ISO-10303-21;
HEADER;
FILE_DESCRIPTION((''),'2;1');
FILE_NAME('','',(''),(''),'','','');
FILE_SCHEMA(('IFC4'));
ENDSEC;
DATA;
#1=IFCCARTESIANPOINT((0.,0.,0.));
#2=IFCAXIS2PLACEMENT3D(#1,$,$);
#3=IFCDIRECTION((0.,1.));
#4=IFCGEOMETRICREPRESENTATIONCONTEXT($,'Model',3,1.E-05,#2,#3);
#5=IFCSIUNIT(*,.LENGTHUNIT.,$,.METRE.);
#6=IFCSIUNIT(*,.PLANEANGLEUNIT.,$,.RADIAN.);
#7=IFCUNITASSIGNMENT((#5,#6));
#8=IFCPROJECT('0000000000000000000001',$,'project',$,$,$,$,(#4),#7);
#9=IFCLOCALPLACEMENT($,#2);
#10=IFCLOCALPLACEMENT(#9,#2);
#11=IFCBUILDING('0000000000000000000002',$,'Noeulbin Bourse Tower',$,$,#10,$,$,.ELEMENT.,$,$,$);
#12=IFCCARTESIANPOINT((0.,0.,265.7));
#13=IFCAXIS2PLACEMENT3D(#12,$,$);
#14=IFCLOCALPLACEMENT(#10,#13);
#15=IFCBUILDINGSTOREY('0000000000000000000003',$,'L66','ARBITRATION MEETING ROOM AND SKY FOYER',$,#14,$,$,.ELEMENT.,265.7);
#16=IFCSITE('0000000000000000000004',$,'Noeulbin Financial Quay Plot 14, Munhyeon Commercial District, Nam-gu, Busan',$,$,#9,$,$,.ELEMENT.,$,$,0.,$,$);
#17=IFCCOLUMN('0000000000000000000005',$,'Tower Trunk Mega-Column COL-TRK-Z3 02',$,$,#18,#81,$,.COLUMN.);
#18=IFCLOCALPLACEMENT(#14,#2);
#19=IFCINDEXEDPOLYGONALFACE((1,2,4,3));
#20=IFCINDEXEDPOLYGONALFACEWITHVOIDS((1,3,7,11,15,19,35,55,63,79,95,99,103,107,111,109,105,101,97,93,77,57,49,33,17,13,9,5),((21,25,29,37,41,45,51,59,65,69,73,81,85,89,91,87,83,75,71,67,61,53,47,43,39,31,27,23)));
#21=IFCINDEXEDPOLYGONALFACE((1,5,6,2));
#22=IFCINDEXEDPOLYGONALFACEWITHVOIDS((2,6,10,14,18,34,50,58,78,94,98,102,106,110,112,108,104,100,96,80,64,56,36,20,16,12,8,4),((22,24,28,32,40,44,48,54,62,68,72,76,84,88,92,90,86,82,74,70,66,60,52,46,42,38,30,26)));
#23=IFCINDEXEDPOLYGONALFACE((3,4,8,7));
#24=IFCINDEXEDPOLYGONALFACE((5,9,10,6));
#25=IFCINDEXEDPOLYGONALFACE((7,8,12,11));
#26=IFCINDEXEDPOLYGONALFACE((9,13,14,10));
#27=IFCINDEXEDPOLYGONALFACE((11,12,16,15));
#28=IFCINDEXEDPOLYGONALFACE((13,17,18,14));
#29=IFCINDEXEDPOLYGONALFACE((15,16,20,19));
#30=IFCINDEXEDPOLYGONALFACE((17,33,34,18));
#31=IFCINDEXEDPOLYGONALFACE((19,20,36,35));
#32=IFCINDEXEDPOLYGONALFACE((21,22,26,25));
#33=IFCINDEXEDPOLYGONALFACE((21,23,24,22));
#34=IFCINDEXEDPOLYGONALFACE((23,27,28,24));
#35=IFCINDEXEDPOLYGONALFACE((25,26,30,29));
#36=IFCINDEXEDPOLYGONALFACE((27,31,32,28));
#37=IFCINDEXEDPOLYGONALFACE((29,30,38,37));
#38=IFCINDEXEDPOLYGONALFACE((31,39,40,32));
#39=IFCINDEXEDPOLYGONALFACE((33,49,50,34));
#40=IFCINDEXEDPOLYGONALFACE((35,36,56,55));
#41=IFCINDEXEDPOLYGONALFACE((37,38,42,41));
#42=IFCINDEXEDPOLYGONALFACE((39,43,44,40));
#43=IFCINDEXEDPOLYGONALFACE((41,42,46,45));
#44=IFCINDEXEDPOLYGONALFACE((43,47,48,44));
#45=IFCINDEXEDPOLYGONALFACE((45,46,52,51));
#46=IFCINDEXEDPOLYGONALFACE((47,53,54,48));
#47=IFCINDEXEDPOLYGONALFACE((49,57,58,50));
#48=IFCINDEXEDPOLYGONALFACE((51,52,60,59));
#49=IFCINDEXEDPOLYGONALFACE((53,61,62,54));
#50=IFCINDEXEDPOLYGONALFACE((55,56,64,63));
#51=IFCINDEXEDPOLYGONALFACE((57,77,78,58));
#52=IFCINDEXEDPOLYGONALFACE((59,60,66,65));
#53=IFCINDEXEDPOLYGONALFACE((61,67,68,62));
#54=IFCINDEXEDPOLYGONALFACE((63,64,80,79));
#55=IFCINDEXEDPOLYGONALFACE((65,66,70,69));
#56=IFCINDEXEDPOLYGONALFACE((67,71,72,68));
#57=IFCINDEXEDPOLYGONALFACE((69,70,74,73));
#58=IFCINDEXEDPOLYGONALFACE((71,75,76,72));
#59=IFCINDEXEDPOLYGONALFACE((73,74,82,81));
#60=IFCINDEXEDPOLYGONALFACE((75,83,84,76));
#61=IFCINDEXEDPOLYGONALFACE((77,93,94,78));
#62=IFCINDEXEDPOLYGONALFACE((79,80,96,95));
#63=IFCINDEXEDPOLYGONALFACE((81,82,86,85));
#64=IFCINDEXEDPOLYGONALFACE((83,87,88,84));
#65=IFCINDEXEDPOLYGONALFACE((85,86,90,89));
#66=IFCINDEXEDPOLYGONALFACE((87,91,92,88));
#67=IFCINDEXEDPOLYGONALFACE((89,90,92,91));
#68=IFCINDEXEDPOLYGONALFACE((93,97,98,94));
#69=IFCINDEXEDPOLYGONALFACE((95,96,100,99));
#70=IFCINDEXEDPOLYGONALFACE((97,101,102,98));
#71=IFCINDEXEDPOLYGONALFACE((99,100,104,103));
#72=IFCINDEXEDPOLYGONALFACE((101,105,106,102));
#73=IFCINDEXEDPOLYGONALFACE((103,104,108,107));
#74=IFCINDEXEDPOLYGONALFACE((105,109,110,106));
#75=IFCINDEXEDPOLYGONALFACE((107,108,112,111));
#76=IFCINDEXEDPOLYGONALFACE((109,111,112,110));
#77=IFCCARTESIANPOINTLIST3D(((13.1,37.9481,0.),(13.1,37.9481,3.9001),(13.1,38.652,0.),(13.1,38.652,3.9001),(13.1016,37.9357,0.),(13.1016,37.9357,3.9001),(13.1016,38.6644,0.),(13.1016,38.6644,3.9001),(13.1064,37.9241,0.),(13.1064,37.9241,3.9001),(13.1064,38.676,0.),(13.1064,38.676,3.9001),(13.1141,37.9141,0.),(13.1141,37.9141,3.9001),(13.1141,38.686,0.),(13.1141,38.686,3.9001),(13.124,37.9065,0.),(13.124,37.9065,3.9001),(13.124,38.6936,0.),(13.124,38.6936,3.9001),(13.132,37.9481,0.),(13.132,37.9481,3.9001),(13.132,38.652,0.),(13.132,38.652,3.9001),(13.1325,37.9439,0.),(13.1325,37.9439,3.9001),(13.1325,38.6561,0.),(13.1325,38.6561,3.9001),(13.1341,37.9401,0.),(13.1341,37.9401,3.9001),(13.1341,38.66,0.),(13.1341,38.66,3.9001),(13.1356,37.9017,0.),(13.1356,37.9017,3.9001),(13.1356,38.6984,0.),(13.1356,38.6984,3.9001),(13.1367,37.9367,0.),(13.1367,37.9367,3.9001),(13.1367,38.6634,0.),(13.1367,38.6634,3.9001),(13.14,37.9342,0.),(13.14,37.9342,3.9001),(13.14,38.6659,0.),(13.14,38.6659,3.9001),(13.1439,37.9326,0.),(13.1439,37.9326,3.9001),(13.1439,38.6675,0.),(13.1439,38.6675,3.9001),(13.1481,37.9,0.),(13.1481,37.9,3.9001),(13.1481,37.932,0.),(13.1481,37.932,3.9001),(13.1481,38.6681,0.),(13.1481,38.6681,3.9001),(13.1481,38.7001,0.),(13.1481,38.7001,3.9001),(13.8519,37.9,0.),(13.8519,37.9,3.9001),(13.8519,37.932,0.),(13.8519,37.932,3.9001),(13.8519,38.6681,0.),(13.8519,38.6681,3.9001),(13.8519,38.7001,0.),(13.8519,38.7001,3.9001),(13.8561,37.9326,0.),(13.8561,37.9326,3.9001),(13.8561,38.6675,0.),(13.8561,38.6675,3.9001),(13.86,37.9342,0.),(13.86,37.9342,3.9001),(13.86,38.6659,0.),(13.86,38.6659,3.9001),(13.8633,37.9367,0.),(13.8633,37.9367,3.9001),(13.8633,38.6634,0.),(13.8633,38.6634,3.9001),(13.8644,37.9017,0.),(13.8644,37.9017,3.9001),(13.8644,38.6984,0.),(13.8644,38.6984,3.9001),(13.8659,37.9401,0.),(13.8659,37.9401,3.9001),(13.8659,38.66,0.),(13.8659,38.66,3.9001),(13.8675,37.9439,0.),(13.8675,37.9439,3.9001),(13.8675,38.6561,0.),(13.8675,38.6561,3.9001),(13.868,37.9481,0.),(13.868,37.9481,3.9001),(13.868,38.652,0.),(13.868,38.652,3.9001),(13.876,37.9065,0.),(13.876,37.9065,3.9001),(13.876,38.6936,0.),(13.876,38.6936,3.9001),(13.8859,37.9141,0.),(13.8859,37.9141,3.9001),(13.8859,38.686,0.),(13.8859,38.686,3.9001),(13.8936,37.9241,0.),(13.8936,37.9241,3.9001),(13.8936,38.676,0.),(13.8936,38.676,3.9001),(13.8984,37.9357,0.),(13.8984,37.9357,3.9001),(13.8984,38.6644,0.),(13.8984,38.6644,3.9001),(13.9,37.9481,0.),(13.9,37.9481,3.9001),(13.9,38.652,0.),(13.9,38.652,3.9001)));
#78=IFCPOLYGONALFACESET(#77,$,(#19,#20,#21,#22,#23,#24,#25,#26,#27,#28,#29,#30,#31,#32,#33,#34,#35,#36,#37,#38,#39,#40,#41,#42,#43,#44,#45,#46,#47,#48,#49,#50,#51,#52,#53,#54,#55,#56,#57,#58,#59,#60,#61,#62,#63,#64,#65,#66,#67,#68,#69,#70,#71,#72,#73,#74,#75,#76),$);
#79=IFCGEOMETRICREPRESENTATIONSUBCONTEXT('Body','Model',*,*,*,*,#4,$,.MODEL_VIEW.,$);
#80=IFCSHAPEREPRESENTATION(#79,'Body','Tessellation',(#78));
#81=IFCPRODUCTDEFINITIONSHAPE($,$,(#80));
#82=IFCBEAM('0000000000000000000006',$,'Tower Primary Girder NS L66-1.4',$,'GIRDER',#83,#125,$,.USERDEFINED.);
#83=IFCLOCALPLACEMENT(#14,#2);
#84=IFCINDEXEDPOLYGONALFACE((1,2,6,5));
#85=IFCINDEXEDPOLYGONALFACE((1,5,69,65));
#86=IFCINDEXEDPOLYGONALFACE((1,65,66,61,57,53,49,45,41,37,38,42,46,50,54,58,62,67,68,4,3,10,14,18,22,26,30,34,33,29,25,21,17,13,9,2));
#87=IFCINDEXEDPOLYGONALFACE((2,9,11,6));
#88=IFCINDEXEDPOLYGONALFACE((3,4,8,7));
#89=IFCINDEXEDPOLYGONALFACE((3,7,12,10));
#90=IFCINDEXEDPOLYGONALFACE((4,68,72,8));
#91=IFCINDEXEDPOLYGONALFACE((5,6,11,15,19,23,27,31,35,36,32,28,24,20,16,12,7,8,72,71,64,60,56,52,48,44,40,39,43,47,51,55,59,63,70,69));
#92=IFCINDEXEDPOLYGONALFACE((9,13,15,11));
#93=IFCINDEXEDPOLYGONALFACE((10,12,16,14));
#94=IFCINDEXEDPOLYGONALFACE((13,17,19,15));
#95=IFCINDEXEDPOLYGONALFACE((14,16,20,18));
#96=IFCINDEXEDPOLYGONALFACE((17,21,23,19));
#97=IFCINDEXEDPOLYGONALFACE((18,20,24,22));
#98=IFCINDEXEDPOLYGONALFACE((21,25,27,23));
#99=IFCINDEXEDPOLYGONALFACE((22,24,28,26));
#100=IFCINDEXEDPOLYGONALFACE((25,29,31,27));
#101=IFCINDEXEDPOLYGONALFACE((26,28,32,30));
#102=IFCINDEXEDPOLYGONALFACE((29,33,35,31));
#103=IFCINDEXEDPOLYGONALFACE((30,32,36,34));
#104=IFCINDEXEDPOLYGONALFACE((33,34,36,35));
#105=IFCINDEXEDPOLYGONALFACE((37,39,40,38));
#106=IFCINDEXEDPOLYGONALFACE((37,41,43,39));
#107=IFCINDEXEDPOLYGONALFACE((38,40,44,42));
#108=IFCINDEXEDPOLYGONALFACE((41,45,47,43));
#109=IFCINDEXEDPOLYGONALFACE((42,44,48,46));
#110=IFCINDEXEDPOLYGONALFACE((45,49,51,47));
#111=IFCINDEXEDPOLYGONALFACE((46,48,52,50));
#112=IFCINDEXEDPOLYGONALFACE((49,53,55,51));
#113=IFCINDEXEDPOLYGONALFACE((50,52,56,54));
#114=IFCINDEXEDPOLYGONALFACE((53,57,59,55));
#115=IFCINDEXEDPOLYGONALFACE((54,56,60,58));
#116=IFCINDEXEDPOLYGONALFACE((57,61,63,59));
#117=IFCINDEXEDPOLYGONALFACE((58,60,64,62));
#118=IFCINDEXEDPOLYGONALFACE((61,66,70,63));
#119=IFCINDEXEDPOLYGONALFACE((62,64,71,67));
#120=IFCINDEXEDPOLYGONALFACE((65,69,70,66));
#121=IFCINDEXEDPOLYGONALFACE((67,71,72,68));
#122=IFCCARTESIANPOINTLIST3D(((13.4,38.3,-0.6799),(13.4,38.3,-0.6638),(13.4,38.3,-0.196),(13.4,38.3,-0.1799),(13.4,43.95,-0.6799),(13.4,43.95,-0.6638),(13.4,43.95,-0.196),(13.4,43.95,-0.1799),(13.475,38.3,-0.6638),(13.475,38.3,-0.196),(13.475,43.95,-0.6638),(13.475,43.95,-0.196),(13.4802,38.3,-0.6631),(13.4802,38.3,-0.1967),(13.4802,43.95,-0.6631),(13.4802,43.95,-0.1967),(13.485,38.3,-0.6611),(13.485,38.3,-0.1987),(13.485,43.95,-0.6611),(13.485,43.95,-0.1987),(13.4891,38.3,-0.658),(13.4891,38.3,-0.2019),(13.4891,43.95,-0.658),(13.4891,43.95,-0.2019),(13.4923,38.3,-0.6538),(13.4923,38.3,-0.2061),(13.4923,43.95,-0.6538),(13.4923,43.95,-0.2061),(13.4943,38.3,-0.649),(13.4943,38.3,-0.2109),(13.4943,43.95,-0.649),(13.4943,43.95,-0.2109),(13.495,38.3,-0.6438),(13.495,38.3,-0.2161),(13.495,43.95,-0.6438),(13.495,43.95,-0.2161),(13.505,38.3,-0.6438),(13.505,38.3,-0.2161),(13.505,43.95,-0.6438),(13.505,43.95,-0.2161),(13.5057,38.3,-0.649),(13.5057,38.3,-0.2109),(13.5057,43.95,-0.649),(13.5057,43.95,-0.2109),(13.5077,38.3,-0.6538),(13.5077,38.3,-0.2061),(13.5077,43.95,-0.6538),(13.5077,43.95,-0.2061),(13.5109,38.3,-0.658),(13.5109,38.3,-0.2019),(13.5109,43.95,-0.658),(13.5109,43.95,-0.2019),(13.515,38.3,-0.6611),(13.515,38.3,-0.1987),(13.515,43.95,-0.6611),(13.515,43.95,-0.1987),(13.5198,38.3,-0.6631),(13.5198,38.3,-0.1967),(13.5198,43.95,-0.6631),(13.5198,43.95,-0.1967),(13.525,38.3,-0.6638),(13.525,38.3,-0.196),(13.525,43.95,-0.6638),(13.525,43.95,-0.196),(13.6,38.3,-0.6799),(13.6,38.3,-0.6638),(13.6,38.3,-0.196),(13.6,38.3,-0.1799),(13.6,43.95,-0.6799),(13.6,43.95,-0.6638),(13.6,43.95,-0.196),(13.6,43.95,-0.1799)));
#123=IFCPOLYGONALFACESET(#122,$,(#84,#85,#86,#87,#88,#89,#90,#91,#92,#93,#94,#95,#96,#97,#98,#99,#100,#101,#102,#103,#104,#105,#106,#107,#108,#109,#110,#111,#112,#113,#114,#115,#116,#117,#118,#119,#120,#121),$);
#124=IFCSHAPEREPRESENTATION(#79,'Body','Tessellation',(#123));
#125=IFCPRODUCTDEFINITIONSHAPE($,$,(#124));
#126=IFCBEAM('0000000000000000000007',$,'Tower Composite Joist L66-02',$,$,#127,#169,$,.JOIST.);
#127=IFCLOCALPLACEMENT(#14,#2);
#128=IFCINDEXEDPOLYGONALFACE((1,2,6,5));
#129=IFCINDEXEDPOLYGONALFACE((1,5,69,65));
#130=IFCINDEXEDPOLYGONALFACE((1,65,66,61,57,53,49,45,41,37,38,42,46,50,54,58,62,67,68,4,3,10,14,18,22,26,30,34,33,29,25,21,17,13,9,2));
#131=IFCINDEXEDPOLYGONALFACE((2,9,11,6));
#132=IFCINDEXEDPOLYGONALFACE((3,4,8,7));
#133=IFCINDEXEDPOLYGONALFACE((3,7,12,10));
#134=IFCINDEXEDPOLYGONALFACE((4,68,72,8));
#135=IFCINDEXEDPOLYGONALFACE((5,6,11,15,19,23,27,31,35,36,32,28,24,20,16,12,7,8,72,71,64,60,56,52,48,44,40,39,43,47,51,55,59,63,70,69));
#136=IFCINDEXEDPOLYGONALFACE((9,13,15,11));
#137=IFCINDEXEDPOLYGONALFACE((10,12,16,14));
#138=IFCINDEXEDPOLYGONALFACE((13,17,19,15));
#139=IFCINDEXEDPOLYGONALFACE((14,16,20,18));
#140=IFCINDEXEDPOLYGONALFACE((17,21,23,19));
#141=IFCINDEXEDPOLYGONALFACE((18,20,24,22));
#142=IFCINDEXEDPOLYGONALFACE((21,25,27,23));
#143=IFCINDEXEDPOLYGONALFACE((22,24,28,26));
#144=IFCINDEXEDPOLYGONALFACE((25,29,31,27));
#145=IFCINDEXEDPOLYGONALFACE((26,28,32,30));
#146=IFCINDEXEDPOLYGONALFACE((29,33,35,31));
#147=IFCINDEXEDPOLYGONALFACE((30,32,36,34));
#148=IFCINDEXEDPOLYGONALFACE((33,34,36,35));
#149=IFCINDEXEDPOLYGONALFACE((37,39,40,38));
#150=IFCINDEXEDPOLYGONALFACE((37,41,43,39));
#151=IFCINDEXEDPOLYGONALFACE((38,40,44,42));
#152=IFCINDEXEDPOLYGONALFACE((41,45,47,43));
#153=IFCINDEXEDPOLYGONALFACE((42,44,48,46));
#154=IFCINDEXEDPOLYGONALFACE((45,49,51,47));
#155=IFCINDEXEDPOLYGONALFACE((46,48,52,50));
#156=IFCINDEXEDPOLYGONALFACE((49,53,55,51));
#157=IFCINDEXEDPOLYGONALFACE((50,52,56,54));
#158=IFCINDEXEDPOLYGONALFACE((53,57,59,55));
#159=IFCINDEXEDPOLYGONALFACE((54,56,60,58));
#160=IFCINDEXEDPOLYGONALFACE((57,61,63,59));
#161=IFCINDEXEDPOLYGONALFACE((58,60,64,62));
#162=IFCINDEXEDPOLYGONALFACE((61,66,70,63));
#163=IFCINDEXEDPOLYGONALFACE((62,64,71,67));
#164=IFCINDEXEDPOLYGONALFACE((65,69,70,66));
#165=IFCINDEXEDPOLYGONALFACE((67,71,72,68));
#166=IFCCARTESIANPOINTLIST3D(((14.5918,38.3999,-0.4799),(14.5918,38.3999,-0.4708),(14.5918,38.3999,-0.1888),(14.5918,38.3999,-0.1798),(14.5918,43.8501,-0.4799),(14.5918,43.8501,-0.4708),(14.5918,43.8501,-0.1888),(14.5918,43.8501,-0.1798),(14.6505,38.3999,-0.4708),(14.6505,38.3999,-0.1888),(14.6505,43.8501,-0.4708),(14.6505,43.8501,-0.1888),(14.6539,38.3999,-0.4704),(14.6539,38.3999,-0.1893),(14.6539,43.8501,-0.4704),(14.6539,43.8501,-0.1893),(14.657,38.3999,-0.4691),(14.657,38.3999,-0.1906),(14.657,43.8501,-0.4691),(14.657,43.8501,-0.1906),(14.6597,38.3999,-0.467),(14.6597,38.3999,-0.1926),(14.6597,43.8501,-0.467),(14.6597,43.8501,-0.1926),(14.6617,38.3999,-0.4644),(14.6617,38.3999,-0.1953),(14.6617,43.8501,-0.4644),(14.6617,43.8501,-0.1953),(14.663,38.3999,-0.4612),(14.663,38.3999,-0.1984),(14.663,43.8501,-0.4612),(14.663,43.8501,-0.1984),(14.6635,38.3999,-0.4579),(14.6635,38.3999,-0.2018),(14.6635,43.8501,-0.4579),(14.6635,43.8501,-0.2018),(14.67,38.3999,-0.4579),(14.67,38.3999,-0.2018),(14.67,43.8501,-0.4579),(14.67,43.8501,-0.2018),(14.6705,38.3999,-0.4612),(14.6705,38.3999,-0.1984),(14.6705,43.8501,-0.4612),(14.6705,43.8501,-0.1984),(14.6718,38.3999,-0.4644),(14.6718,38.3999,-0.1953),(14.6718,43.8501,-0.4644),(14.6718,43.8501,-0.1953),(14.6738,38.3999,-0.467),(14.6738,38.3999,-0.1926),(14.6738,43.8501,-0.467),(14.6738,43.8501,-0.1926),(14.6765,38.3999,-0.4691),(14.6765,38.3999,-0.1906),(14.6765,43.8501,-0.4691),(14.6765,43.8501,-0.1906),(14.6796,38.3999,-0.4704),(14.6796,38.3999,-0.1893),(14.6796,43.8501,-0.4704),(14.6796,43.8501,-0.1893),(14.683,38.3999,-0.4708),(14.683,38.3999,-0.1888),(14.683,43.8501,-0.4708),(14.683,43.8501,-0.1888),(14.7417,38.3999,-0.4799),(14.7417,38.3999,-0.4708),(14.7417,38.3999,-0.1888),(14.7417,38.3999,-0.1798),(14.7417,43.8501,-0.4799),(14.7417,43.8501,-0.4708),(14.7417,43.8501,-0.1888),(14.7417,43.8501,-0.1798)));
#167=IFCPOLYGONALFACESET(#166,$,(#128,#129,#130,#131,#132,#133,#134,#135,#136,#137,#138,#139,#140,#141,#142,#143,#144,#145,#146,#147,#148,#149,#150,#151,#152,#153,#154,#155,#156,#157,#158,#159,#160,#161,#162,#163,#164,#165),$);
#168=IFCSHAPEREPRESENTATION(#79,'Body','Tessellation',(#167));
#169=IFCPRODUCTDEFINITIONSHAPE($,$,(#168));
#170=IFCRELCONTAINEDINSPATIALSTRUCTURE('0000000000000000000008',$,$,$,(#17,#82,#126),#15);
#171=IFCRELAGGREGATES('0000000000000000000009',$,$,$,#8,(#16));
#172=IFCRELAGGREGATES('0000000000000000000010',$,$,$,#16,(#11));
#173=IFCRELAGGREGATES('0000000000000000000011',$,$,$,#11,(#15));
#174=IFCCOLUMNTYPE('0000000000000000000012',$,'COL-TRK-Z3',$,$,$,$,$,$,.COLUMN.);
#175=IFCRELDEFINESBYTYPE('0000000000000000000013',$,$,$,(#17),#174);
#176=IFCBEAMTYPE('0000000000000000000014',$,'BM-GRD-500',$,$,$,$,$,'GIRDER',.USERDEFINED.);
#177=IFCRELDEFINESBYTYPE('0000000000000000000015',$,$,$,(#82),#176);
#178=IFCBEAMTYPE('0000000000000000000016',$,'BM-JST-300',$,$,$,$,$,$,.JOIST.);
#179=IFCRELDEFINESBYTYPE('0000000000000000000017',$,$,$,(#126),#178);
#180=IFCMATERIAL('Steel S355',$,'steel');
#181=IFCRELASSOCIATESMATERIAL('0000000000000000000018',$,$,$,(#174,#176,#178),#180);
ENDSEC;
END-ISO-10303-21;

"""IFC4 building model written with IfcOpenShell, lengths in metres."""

from ifc_helpers import new_model, si_unit, direction, frame, origin, origin_2d, place, context, subcontext, project, spatial, hollow_rectangle, i_section, extrude, material, material_profile, profile_set, type_object, element, save


model = new_model("IFC4")

# Units and contexts
model_context = context("Model", 3, precision=1e-05, world=origin(), true_north=direction((0.0, 1.0)))
body_context = subcontext(model_context, "Body", "Model", "MODEL_VIEW")
ifc_project = project(units=[si_unit("LENGTHUNIT", "METRE"), si_unit("PLANEANGLEUNIT", "RADIAN")], contexts=[model_context])

# Site, building, storey
site_placement = place(None, origin())
site = spatial("IfcSite", under=ifc_project, at=site_placement, Name="Noeulbin Financial Quay Plot 14, Munhyeon Commercial District, Nam-gu, Busan", CompositionType="ELEMENT", RefElevation=0.0)
building_placement = place(site_placement, origin())
building = spatial("IfcBuilding", under=site, at=building_placement, Name="Noeulbin Bourse Tower", CompositionType="ELEMENT")
storey_placement = place(building_placement, frame((0.0, 0.0, 265.7)))
storey = spatial("IfcBuildingStorey", under=building, at=storey_placement, Name="L66", Description="ARBITRATION MEETING ROOM AND SKY FOYER", CompositionType="ELEMENT", Elevation=265.7)

# Column
ifc_material_1 = material(Name="Steel S355", Category="steel")
ifc_material_profile_1 = material_profile(ifc_material_1, hollow_rectangle(XDim=0.8, YDim=0.8, WallThickness=0.032, InnerFilletRadius=0.0161, OuterFilletRadius=0.0481, at=origin_2d()), Name="BOX-800x800x32", Category="LoadBearing")
ifc_profile_set_1 = profile_set([ifc_material_profile_1], Name="Steel S355")
column_type = type_object("IfcColumnType", Name="COL-TRK-Z3", PredefinedType="COLUMN", material=ifc_profile_set_1)
column_placement = place(storey_placement, frame((13.5, 38.3, 0.0), z_axis=(0.0, 0.0, 1.0), x_axis=(1.0, 0.0, 0.0)))
element("IfcColumn", 1, at=column_placement, inside=storey, type_object=column_type, Name="Tower Trunk Mega-Column COL-TRK-Z3 02", PredefinedType="COLUMN", context=body_context, shape_type="SweptSolid", body=[
    extrude(hollow_rectangle(XDim=0.8, YDim=0.8, WallThickness=0.032, InnerFilletRadius=0.0161, OuterFilletRadius=0.0481, at=origin_2d()), origin(), (0.0, 0.0, 1.0), 3.9001),
])

# Beams
ifc_material_profile_2 = material_profile(ifc_material_1, i_section(OverallWidth=0.2, OverallDepth=0.5, WebThickness=0.01, FlangeThickness=0.0161, FilletRadius=0.02, at=origin_2d()), Name="H-500x200x10x16", Category="LoadBearing")
ifc_profile_set_2 = profile_set([ifc_material_profile_2], Name="Steel S355")
beam_type_1 = type_object("IfcBeamType", Name="BM-GRD-500", ElementType="GIRDER", PredefinedType="USERDEFINED", material=ifc_profile_set_2)
beam_1_placement = place(storey_placement, frame((13.5, 38.3, -0.4299), z_axis=(0.0, 1.0, 0.0), x_axis=(-1.0, 0.0, 0.0)))
element("IfcBeam", 2, at=beam_1_placement, inside=storey, type_object=beam_type_1, Name="Tower Primary Girder NS L66-1.4", ObjectType="GIRDER", PredefinedType="USERDEFINED", context=body_context, shape_type="SweptSolid", body=[
    extrude(i_section(OverallWidth=0.2, OverallDepth=0.5, WebThickness=0.01, FlangeThickness=0.0161, FilletRadius=0.02, at=origin_2d()), origin(), (0.0, 0.0, 1.0), 5.6499),
])
ifc_material_profile_3 = material_profile(ifc_material_1, i_section(OverallWidth=0.1499, OverallDepth=0.3, WebThickness=0.0066, FlangeThickness=0.009, FilletRadius=0.0129, at=origin_2d()), Name="H-300x150x6.5x9", Category="LoadBearing")
ifc_profile_set_3 = profile_set([ifc_material_profile_3], Name="Steel S355")
beam_type_2 = type_object("IfcBeamType", Name="BM-JST-300", PredefinedType="JOIST", material=ifc_profile_set_3)
beam_2_placement = place(storey_placement, frame((14.6667, 38.3999, -0.3298), z_axis=(0.0, 1.0, 0.0), x_axis=(-1.0, 0.0, 0.0)))
element("IfcBeam", 3, at=beam_2_placement, inside=storey, type_object=beam_type_2, Name="Tower Composite Joist L66-02", PredefinedType="JOIST", context=body_context, shape_type="SweptSolid", body=[
    extrude(i_section(OverallWidth=0.1499, OverallDepth=0.3, WebThickness=0.0066, FlangeThickness=0.009, FilletRadius=0.0129, at=origin_2d()), origin(), (0.0, 0.0, 1.0), 5.4502),
])

save(model, "model.ifc")
